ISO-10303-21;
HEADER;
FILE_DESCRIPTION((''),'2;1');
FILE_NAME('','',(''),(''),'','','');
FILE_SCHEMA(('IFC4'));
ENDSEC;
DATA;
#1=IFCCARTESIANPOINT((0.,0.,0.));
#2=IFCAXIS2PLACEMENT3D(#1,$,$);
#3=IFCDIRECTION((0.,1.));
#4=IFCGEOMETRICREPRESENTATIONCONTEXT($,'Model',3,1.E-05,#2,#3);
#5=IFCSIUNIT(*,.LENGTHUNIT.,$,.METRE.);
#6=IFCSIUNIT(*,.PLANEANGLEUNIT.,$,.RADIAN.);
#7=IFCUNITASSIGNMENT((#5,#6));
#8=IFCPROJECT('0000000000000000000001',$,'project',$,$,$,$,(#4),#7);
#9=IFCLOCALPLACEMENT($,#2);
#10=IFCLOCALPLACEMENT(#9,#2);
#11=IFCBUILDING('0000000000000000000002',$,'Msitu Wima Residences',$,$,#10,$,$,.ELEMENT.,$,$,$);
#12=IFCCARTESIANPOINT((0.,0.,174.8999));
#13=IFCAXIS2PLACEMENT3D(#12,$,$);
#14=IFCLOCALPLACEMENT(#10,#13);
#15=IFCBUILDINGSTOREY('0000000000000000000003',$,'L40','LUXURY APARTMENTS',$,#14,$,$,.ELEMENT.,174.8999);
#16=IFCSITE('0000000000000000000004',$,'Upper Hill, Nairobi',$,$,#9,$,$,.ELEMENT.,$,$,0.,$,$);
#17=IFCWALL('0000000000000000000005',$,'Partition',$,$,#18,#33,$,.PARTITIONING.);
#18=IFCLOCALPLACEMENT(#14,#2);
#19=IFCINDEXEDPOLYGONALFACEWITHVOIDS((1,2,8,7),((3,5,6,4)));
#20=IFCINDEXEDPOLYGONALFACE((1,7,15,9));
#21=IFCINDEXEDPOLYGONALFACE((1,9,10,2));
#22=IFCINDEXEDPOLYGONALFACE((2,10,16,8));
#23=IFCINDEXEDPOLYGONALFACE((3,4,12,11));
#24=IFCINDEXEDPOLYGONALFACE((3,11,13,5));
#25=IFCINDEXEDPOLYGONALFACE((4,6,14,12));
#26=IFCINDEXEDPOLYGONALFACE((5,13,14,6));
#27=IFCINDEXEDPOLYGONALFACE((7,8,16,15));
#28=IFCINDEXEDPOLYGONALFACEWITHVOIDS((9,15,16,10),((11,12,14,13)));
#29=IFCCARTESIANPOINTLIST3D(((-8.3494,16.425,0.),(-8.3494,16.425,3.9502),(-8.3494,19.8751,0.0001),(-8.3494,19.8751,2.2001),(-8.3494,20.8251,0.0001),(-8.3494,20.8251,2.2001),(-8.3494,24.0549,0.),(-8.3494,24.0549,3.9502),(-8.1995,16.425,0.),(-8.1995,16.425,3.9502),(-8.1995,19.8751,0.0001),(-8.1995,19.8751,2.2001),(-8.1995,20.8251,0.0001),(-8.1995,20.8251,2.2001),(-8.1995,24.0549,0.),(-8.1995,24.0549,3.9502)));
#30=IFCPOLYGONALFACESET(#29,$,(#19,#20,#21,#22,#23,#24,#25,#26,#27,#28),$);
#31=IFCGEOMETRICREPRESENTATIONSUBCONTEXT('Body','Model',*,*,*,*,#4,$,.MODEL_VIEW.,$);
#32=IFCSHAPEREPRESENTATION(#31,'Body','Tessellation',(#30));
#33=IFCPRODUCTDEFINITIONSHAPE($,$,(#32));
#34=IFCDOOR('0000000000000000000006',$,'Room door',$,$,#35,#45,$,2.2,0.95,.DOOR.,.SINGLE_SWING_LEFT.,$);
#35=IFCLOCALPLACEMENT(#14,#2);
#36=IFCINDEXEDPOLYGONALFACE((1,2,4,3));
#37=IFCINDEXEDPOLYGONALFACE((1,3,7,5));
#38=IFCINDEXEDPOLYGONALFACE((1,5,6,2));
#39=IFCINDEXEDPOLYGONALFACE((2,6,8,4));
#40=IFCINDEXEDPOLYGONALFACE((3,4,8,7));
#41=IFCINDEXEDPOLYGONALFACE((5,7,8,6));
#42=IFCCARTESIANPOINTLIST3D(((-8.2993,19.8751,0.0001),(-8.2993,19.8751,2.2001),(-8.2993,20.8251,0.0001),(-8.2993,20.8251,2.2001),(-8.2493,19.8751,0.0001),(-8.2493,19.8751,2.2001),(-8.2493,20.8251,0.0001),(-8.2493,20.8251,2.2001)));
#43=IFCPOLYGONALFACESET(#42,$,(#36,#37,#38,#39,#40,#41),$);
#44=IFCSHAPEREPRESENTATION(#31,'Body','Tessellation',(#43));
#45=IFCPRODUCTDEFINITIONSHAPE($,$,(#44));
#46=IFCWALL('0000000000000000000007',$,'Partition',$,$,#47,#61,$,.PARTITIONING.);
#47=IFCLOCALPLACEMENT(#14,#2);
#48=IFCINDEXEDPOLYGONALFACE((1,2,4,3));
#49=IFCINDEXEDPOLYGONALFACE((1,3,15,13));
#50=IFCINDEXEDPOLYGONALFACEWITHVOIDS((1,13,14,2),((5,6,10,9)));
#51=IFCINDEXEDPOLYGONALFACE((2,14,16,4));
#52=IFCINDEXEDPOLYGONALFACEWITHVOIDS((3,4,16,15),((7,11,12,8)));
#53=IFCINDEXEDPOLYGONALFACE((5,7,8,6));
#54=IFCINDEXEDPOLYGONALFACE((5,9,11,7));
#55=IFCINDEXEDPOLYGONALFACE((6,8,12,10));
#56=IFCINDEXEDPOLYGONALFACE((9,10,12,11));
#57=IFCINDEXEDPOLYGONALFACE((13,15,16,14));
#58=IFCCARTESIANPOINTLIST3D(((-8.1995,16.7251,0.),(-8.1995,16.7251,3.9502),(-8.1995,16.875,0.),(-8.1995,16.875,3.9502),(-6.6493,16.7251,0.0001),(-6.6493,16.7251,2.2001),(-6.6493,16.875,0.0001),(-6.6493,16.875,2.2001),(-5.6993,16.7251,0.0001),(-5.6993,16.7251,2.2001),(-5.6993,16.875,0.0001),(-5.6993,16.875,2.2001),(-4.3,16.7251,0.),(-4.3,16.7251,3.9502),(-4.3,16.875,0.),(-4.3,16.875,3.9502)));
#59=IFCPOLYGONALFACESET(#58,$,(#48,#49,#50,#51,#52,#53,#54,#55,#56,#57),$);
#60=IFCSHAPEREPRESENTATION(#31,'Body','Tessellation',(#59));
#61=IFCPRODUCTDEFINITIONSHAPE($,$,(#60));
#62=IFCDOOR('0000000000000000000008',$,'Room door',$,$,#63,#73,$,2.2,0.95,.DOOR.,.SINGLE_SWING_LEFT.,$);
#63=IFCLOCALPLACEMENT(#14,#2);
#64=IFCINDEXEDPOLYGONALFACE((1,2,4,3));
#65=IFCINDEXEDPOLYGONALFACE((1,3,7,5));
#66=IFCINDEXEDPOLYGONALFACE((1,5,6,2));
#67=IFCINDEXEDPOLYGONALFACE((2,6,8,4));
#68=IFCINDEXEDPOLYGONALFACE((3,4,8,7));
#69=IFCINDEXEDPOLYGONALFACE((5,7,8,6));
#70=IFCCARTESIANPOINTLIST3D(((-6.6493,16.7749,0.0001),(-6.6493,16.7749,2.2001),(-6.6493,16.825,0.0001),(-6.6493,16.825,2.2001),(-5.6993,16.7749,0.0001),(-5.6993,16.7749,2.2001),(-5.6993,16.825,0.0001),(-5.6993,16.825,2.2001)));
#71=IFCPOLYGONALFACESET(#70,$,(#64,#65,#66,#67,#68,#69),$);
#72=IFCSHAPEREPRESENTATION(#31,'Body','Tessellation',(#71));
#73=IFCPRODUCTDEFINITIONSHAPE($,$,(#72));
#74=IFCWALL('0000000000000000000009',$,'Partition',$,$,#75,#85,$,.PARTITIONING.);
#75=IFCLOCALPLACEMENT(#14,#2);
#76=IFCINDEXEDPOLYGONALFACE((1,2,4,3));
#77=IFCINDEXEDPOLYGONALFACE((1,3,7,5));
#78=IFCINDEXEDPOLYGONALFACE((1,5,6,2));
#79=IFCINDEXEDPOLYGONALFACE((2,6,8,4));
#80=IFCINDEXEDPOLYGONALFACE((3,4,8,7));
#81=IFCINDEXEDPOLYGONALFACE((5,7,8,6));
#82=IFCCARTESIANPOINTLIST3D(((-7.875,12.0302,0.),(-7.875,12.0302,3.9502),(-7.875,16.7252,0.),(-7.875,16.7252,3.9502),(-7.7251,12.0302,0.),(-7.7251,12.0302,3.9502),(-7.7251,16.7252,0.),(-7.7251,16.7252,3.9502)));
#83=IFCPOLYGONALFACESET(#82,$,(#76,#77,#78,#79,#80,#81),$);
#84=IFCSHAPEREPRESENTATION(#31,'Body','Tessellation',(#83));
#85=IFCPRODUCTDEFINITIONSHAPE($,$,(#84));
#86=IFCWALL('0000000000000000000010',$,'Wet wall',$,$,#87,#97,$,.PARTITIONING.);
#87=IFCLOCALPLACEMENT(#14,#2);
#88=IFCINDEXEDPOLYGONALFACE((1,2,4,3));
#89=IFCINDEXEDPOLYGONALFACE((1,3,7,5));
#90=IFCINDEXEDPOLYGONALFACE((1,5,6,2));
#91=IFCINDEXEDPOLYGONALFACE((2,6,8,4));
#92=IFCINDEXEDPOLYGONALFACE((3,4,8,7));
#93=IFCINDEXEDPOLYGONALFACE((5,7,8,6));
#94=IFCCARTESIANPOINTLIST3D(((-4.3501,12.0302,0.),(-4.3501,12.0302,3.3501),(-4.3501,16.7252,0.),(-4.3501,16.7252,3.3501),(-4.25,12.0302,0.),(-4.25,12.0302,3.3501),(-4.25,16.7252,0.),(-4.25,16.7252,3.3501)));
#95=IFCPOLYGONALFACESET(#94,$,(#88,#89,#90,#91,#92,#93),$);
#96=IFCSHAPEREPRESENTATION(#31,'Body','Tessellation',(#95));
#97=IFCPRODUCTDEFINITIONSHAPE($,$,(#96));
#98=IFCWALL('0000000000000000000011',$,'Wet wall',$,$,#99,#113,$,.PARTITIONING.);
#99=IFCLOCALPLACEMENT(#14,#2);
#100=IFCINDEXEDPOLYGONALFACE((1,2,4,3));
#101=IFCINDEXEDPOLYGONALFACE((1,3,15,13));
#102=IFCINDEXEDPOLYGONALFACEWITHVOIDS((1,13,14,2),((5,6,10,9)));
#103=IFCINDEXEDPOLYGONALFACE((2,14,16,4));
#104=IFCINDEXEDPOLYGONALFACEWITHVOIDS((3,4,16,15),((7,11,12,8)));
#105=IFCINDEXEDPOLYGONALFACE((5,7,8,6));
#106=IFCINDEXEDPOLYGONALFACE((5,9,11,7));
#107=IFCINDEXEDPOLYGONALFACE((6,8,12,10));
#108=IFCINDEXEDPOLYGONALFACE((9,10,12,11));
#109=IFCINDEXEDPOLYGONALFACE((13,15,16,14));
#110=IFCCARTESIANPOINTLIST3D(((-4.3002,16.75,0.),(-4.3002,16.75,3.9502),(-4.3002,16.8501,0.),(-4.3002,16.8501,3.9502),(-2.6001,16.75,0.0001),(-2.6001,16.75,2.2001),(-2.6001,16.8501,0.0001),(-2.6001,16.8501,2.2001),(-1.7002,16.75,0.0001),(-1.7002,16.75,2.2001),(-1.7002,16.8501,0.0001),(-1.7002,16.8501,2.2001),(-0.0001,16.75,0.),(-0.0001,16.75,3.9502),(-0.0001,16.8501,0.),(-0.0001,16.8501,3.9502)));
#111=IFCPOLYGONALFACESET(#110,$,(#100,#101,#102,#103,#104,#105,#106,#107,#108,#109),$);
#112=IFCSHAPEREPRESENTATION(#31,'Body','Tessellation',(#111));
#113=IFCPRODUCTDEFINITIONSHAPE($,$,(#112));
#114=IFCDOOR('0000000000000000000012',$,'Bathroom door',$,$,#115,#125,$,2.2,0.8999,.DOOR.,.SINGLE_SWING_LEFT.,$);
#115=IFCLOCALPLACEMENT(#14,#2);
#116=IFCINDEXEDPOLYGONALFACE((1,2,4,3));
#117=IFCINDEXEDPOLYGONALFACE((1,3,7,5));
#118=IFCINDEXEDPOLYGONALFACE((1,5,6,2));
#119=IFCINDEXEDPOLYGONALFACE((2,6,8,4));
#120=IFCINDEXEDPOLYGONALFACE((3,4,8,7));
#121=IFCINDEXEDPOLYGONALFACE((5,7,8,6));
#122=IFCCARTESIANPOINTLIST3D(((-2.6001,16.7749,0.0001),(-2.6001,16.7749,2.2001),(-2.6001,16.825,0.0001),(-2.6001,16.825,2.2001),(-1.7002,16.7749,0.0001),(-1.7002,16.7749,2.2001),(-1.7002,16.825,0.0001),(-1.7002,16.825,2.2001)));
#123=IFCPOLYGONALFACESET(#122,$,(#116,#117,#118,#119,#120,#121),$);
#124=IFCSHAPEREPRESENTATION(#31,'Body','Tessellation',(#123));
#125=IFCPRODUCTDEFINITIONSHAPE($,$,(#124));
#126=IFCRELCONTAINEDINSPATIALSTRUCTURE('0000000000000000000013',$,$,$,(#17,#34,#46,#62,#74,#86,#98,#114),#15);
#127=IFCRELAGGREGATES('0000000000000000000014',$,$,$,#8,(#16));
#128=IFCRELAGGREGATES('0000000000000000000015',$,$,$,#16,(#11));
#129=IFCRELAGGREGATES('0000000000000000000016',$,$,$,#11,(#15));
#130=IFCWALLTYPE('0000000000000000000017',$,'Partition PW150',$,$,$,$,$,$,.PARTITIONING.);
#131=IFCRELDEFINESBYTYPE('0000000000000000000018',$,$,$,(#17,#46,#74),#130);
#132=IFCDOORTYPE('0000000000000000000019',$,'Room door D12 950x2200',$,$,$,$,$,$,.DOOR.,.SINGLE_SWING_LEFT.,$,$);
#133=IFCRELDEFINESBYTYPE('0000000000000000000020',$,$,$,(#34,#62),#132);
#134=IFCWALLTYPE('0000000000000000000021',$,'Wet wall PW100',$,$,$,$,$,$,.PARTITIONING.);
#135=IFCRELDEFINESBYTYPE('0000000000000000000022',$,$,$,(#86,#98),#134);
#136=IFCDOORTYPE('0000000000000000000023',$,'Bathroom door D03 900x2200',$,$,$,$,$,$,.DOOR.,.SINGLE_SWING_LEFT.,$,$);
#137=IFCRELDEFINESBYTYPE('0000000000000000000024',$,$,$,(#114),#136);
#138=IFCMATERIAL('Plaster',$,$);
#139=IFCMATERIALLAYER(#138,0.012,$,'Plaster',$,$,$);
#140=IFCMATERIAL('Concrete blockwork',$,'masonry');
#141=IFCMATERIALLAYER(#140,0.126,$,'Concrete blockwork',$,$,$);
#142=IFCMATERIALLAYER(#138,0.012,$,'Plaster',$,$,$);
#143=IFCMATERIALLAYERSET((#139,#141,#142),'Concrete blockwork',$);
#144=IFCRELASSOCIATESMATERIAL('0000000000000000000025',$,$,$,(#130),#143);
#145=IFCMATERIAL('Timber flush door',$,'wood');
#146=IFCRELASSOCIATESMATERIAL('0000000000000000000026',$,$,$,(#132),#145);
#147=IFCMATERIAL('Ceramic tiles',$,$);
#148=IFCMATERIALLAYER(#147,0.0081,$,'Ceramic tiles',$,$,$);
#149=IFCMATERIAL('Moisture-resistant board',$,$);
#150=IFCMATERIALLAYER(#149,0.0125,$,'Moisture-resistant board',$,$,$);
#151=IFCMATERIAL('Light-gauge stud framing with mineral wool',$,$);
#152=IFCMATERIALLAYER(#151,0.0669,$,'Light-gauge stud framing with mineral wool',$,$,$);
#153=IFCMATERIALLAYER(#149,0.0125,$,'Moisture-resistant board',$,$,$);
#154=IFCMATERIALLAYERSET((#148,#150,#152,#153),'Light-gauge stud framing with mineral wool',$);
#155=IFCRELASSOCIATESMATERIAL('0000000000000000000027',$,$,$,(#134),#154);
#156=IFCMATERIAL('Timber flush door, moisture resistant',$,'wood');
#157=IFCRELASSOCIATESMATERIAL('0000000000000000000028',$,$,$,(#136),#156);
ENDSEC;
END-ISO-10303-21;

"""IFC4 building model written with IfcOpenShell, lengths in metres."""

from ifc_helpers import new_model, si_unit, direction, frame, frame_2d, origin, place, context, subcontext, project, spatial, rectangle, extrude, material, layer, layer_set, type_object, element, fill, save


model = new_model("IFC4")

# Units and contexts
model_context = context("Model", 3, precision=1e-05, world=origin(), true_north=direction((0.0, 1.0)))
body_context = subcontext(model_context, "Body", "Model", "MODEL_VIEW")
ifc_project = project(units=[si_unit("LENGTHUNIT", "METRE"), si_unit("PLANEANGLEUNIT", "RADIAN")], contexts=[model_context])

# Site, building, storey
site_placement = place(None, origin())
site = spatial("IfcSite", under=ifc_project, at=site_placement, Name="Upper Hill, Nairobi", CompositionType="ELEMENT", RefElevation=0.0)
building_placement = place(site_placement, origin())
building = spatial("IfcBuilding", under=site, at=building_placement, Name="Msitu Wima Residences", CompositionType="ELEMENT")
storey_placement = place(building_placement, frame((0.0, 0.0, 174.8999)))
storey = spatial("IfcBuildingStorey", under=building, at=storey_placement, Name="L40", Description="LUXURY APARTMENTS", CompositionType="ELEMENT", Elevation=174.8999)

# Shared definitions
ifc_material_1 = material(Name="Plaster")
ifc_layer_1 = layer(ifc_material_1, 0.012, Name="Plaster")
ifc_material_2 = material(Name="Concrete blockwork", Category="masonry")
ifc_layer_2 = layer(ifc_material_2, 0.126, Name="Concrete blockwork")
ifc_layer_3 = layer(ifc_material_1, 0.012, Name="Plaster")
ifc_layer_set_1 = layer_set([ifc_layer_1, ifc_layer_2, ifc_layer_3], Name="Concrete blockwork")
wall_type_1 = type_object("IfcWallType", Name="Partition PW150", PredefinedType="PARTITIONING", material=ifc_layer_set_1)

# Shared definitions
ifc_material_3 = material(Name="Timber flush door", Category="wood")
door_type_1 = type_object("IfcDoorType", Name="Room door D12 950x2200", OperationType="SINGLE_SWING_LEFT", PredefinedType="DOOR", material=ifc_material_3)

# Walls, openings, doors
wall_1_placement = place(storey_placement, frame((-8.2744, 16.425, 0.0), z_axis=(0.0, 0.0, 1.0), x_axis=(0.0, 1.0, 0.0)))
wall_1 = element("IfcWall", 1, at=wall_1_placement, inside=storey, type_object=wall_type_1, Name="Partition", PredefinedType="PARTITIONING", context=body_context, shape_type="SweptSolid", body=[
    extrude(rectangle(XDim=7.6299, YDim=0.1499, at=frame_2d((3.8149, 0.0))), origin(), (0.0, 0.0, 1.0), 3.9502),
])
opening_1_placement = place(wall_1_placement, frame((3.45, 0.0, 0.0)))
opening_1 = element("IfcOpeningElement", 2, at=opening_1_placement, cuts=wall_1, PredefinedType="OPENING", context=body_context, shape_type="SweptSolid", body=[
    extrude(rectangle(XDim=0.95, YDim=2.2, at=frame_2d((0.4751, 1.1001))), frame((0.0, 0.085, 0.0), z_axis=(0.0, -1.0, 0.0), x_axis=(1.0, 0.0, 0.0)), (0.0, 0.0, 1.0), 0.1699),
])
door_1_placement = place(opening_1_placement, origin())
door_1 = element("IfcDoor", 3, at=door_1_placement, inside=storey, type_object=door_type_1, Name="Room door", OperationType="SINGLE_SWING_LEFT", OverallHeight=2.2, OverallWidth=0.95, PredefinedType="DOOR", context=body_context, shape_type="SweptSolid", body=[
    extrude(rectangle(XDim=0.95, YDim=2.2, at=frame_2d((0.4751, 1.1001))), frame((0.0, 0.0249, 0.0), z_axis=(0.0, -1.0, 0.0), x_axis=(1.0, 0.0, 0.0)), (0.0, 0.0, 1.0), 0.05),
])
fill(opening_1, door_1)
wall_2_placement = place(storey_placement, frame((-8.1995, 16.8, 0.0), z_axis=(0.0, 0.0, 1.0), x_axis=(1.0, 0.0, 0.0)))
wall_2 = element("IfcWall", 4, at=wall_2_placement, inside=storey, type_object=wall_type_1, Name="Partition", PredefinedType="PARTITIONING", context=body_context, shape_type="SweptSolid", body=[
    extrude(rectangle(XDim=3.8994, YDim=0.1499, at=frame_2d((1.9497, 0.0))), origin(), (0.0, 0.0, 1.0), 3.9502),
])
opening_2_placement = place(wall_2_placement, frame((1.55, 0.0, 0.0)))
opening_2 = element("IfcOpeningElement", 5, at=opening_2_placement, cuts=wall_2, PredefinedType="OPENING", context=body_context, shape_type="SweptSolid", body=[
    extrude(rectangle(XDim=0.95, YDim=2.2, at=frame_2d((0.4751, 1.1001))), frame((0.0, 0.085, 0.0), z_axis=(0.0, -1.0, 0.0), x_axis=(1.0, 0.0, 0.0)), (0.0, 0.0, 1.0), 0.1699),
])
door_2_placement = place(opening_2_placement, origin())
door_2 = element("IfcDoor", 6, at=door_2_placement, inside=storey, type_object=door_type_1, Name="Room door", OperationType="SINGLE_SWING_LEFT", OverallHeight=2.2, OverallWidth=0.95, PredefinedType="DOOR", context=body_context, shape_type="SweptSolid", body=[
    extrude(rectangle(XDim=0.95, YDim=2.2, at=frame_2d((0.4751, 1.1001))), frame((0.0, 0.0249, 0.0), z_axis=(0.0, -1.0, 0.0), x_axis=(1.0, 0.0, 0.0)), (0.0, 0.0, 1.0), 0.05),
])
fill(opening_2, door_2)

# Walls
wall_3_placement = place(storey_placement, frame((-7.8, 12.03, 0.0), z_axis=(0.0, 0.0, 1.0), x_axis=(0.0, 1.0, 0.0)))
element("IfcWall", 7, at=wall_3_placement, inside=storey, type_object=wall_type_1, Name="Partition", PredefinedType="PARTITIONING", context=body_context, shape_type="SweptSolid", body=[
    extrude(rectangle(XDim=4.6951, YDim=0.1499, at=frame_2d((2.3477, 0.0))), origin(), (0.0, 0.0, 1.0), 3.9502),
])
ifc_material_4 = material(Name="Ceramic tiles")
ifc_layer_4 = layer(ifc_material_4, 0.0081, Name="Ceramic tiles")
ifc_material_5 = material(Name="Moisture-resistant board")
ifc_layer_5 = layer(ifc_material_5, 0.0125, Name="Moisture-resistant board")
ifc_material_6 = material(Name="Light-gauge stud framing with mineral wool")
ifc_layer_6 = layer(ifc_material_6, 0.0669, Name="Light-gauge stud framing with mineral wool")
ifc_layer_7 = layer(ifc_material_5, 0.0125, Name="Moisture-resistant board")
ifc_layer_set_2 = layer_set([ifc_layer_4, ifc_layer_5, ifc_layer_6, ifc_layer_7], Name="Light-gauge stud framing with mineral wool")
wall_type_2 = type_object("IfcWallType", Name="Wet wall PW100", PredefinedType="PARTITIONING", material=ifc_layer_set_2)
wall_4_placement = place(storey_placement, frame((-4.3, 12.03, 0.0), z_axis=(0.0, 0.0, 1.0), x_axis=(0.0, 1.0, 0.0)))
element("IfcWall", 8, at=wall_4_placement, inside=storey, type_object=wall_type_2, Name="Wet wall", PredefinedType="PARTITIONING", context=body_context, shape_type="SweptSolid", body=[
    extrude(rectangle(XDim=4.6951, YDim=0.1001, at=frame_2d((2.3477, 0.0))), origin(), (0.0, 0.0, 1.0), 3.3501),
])

# Wall, opening, door
wall_5_placement = place(storey_placement, frame((-4.3, 16.8, 0.0), z_axis=(0.0, 0.0, 1.0), x_axis=(1.0, 0.0, 0.0)))
wall_5 = element("IfcWall", 9, at=wall_5_placement, inside=storey, type_object=wall_type_2, Name="Wet wall", PredefinedType="PARTITIONING", context=body_context, shape_type="SweptSolid", body=[
    extrude(rectangle(XDim=4.3, YDim=0.1001, at=frame_2d((2.1499, 0.0))), origin(), (0.0, 0.0, 1.0), 3.9502),
])
opening_3_placement = place(wall_5_placement, frame((1.7, 0.0, 0.0)))
opening_3 = element("IfcOpeningElement", 10, at=opening_3_placement, cuts=wall_5, PredefinedType="OPENING", context=body_context, shape_type="SweptSolid", body=[
    extrude(rectangle(XDim=0.8999, YDim=2.2, at=frame_2d((0.45, 1.1001))), frame((0.0, 0.0601, 0.0), z_axis=(0.0, -1.0, 0.0), x_axis=(1.0, 0.0, 0.0)), (0.0, 0.0, 1.0), 0.1201),
])
ifc_material_7 = material(Name="Timber flush door, moisture resistant", Category="wood")
door_type_2 = type_object("IfcDoorType", Name="Bathroom door D03 900x2200", OperationType="SINGLE_SWING_LEFT", PredefinedType="DOOR", material=ifc_material_7)
door_3_placement = place(opening_3_placement, origin())
door_3 = element("IfcDoor", 11, at=door_3_placement, inside=storey, type_object=door_type_2, Name="Bathroom door", OperationType="SINGLE_SWING_LEFT", OverallHeight=2.2, OverallWidth=0.8999, PredefinedType="DOOR", context=body_context, shape_type="SweptSolid", body=[
    extrude(rectangle(XDim=0.8999, YDim=2.2, at=frame_2d((0.45, 1.1001))), frame((0.0, 0.0249, 0.0), z_axis=(0.0, -1.0, 0.0), x_axis=(1.0, 0.0, 0.0)), (0.0, 0.0, 1.0), 0.05),
])
fill(opening_3, door_3)

save(model, "model.ifc")
